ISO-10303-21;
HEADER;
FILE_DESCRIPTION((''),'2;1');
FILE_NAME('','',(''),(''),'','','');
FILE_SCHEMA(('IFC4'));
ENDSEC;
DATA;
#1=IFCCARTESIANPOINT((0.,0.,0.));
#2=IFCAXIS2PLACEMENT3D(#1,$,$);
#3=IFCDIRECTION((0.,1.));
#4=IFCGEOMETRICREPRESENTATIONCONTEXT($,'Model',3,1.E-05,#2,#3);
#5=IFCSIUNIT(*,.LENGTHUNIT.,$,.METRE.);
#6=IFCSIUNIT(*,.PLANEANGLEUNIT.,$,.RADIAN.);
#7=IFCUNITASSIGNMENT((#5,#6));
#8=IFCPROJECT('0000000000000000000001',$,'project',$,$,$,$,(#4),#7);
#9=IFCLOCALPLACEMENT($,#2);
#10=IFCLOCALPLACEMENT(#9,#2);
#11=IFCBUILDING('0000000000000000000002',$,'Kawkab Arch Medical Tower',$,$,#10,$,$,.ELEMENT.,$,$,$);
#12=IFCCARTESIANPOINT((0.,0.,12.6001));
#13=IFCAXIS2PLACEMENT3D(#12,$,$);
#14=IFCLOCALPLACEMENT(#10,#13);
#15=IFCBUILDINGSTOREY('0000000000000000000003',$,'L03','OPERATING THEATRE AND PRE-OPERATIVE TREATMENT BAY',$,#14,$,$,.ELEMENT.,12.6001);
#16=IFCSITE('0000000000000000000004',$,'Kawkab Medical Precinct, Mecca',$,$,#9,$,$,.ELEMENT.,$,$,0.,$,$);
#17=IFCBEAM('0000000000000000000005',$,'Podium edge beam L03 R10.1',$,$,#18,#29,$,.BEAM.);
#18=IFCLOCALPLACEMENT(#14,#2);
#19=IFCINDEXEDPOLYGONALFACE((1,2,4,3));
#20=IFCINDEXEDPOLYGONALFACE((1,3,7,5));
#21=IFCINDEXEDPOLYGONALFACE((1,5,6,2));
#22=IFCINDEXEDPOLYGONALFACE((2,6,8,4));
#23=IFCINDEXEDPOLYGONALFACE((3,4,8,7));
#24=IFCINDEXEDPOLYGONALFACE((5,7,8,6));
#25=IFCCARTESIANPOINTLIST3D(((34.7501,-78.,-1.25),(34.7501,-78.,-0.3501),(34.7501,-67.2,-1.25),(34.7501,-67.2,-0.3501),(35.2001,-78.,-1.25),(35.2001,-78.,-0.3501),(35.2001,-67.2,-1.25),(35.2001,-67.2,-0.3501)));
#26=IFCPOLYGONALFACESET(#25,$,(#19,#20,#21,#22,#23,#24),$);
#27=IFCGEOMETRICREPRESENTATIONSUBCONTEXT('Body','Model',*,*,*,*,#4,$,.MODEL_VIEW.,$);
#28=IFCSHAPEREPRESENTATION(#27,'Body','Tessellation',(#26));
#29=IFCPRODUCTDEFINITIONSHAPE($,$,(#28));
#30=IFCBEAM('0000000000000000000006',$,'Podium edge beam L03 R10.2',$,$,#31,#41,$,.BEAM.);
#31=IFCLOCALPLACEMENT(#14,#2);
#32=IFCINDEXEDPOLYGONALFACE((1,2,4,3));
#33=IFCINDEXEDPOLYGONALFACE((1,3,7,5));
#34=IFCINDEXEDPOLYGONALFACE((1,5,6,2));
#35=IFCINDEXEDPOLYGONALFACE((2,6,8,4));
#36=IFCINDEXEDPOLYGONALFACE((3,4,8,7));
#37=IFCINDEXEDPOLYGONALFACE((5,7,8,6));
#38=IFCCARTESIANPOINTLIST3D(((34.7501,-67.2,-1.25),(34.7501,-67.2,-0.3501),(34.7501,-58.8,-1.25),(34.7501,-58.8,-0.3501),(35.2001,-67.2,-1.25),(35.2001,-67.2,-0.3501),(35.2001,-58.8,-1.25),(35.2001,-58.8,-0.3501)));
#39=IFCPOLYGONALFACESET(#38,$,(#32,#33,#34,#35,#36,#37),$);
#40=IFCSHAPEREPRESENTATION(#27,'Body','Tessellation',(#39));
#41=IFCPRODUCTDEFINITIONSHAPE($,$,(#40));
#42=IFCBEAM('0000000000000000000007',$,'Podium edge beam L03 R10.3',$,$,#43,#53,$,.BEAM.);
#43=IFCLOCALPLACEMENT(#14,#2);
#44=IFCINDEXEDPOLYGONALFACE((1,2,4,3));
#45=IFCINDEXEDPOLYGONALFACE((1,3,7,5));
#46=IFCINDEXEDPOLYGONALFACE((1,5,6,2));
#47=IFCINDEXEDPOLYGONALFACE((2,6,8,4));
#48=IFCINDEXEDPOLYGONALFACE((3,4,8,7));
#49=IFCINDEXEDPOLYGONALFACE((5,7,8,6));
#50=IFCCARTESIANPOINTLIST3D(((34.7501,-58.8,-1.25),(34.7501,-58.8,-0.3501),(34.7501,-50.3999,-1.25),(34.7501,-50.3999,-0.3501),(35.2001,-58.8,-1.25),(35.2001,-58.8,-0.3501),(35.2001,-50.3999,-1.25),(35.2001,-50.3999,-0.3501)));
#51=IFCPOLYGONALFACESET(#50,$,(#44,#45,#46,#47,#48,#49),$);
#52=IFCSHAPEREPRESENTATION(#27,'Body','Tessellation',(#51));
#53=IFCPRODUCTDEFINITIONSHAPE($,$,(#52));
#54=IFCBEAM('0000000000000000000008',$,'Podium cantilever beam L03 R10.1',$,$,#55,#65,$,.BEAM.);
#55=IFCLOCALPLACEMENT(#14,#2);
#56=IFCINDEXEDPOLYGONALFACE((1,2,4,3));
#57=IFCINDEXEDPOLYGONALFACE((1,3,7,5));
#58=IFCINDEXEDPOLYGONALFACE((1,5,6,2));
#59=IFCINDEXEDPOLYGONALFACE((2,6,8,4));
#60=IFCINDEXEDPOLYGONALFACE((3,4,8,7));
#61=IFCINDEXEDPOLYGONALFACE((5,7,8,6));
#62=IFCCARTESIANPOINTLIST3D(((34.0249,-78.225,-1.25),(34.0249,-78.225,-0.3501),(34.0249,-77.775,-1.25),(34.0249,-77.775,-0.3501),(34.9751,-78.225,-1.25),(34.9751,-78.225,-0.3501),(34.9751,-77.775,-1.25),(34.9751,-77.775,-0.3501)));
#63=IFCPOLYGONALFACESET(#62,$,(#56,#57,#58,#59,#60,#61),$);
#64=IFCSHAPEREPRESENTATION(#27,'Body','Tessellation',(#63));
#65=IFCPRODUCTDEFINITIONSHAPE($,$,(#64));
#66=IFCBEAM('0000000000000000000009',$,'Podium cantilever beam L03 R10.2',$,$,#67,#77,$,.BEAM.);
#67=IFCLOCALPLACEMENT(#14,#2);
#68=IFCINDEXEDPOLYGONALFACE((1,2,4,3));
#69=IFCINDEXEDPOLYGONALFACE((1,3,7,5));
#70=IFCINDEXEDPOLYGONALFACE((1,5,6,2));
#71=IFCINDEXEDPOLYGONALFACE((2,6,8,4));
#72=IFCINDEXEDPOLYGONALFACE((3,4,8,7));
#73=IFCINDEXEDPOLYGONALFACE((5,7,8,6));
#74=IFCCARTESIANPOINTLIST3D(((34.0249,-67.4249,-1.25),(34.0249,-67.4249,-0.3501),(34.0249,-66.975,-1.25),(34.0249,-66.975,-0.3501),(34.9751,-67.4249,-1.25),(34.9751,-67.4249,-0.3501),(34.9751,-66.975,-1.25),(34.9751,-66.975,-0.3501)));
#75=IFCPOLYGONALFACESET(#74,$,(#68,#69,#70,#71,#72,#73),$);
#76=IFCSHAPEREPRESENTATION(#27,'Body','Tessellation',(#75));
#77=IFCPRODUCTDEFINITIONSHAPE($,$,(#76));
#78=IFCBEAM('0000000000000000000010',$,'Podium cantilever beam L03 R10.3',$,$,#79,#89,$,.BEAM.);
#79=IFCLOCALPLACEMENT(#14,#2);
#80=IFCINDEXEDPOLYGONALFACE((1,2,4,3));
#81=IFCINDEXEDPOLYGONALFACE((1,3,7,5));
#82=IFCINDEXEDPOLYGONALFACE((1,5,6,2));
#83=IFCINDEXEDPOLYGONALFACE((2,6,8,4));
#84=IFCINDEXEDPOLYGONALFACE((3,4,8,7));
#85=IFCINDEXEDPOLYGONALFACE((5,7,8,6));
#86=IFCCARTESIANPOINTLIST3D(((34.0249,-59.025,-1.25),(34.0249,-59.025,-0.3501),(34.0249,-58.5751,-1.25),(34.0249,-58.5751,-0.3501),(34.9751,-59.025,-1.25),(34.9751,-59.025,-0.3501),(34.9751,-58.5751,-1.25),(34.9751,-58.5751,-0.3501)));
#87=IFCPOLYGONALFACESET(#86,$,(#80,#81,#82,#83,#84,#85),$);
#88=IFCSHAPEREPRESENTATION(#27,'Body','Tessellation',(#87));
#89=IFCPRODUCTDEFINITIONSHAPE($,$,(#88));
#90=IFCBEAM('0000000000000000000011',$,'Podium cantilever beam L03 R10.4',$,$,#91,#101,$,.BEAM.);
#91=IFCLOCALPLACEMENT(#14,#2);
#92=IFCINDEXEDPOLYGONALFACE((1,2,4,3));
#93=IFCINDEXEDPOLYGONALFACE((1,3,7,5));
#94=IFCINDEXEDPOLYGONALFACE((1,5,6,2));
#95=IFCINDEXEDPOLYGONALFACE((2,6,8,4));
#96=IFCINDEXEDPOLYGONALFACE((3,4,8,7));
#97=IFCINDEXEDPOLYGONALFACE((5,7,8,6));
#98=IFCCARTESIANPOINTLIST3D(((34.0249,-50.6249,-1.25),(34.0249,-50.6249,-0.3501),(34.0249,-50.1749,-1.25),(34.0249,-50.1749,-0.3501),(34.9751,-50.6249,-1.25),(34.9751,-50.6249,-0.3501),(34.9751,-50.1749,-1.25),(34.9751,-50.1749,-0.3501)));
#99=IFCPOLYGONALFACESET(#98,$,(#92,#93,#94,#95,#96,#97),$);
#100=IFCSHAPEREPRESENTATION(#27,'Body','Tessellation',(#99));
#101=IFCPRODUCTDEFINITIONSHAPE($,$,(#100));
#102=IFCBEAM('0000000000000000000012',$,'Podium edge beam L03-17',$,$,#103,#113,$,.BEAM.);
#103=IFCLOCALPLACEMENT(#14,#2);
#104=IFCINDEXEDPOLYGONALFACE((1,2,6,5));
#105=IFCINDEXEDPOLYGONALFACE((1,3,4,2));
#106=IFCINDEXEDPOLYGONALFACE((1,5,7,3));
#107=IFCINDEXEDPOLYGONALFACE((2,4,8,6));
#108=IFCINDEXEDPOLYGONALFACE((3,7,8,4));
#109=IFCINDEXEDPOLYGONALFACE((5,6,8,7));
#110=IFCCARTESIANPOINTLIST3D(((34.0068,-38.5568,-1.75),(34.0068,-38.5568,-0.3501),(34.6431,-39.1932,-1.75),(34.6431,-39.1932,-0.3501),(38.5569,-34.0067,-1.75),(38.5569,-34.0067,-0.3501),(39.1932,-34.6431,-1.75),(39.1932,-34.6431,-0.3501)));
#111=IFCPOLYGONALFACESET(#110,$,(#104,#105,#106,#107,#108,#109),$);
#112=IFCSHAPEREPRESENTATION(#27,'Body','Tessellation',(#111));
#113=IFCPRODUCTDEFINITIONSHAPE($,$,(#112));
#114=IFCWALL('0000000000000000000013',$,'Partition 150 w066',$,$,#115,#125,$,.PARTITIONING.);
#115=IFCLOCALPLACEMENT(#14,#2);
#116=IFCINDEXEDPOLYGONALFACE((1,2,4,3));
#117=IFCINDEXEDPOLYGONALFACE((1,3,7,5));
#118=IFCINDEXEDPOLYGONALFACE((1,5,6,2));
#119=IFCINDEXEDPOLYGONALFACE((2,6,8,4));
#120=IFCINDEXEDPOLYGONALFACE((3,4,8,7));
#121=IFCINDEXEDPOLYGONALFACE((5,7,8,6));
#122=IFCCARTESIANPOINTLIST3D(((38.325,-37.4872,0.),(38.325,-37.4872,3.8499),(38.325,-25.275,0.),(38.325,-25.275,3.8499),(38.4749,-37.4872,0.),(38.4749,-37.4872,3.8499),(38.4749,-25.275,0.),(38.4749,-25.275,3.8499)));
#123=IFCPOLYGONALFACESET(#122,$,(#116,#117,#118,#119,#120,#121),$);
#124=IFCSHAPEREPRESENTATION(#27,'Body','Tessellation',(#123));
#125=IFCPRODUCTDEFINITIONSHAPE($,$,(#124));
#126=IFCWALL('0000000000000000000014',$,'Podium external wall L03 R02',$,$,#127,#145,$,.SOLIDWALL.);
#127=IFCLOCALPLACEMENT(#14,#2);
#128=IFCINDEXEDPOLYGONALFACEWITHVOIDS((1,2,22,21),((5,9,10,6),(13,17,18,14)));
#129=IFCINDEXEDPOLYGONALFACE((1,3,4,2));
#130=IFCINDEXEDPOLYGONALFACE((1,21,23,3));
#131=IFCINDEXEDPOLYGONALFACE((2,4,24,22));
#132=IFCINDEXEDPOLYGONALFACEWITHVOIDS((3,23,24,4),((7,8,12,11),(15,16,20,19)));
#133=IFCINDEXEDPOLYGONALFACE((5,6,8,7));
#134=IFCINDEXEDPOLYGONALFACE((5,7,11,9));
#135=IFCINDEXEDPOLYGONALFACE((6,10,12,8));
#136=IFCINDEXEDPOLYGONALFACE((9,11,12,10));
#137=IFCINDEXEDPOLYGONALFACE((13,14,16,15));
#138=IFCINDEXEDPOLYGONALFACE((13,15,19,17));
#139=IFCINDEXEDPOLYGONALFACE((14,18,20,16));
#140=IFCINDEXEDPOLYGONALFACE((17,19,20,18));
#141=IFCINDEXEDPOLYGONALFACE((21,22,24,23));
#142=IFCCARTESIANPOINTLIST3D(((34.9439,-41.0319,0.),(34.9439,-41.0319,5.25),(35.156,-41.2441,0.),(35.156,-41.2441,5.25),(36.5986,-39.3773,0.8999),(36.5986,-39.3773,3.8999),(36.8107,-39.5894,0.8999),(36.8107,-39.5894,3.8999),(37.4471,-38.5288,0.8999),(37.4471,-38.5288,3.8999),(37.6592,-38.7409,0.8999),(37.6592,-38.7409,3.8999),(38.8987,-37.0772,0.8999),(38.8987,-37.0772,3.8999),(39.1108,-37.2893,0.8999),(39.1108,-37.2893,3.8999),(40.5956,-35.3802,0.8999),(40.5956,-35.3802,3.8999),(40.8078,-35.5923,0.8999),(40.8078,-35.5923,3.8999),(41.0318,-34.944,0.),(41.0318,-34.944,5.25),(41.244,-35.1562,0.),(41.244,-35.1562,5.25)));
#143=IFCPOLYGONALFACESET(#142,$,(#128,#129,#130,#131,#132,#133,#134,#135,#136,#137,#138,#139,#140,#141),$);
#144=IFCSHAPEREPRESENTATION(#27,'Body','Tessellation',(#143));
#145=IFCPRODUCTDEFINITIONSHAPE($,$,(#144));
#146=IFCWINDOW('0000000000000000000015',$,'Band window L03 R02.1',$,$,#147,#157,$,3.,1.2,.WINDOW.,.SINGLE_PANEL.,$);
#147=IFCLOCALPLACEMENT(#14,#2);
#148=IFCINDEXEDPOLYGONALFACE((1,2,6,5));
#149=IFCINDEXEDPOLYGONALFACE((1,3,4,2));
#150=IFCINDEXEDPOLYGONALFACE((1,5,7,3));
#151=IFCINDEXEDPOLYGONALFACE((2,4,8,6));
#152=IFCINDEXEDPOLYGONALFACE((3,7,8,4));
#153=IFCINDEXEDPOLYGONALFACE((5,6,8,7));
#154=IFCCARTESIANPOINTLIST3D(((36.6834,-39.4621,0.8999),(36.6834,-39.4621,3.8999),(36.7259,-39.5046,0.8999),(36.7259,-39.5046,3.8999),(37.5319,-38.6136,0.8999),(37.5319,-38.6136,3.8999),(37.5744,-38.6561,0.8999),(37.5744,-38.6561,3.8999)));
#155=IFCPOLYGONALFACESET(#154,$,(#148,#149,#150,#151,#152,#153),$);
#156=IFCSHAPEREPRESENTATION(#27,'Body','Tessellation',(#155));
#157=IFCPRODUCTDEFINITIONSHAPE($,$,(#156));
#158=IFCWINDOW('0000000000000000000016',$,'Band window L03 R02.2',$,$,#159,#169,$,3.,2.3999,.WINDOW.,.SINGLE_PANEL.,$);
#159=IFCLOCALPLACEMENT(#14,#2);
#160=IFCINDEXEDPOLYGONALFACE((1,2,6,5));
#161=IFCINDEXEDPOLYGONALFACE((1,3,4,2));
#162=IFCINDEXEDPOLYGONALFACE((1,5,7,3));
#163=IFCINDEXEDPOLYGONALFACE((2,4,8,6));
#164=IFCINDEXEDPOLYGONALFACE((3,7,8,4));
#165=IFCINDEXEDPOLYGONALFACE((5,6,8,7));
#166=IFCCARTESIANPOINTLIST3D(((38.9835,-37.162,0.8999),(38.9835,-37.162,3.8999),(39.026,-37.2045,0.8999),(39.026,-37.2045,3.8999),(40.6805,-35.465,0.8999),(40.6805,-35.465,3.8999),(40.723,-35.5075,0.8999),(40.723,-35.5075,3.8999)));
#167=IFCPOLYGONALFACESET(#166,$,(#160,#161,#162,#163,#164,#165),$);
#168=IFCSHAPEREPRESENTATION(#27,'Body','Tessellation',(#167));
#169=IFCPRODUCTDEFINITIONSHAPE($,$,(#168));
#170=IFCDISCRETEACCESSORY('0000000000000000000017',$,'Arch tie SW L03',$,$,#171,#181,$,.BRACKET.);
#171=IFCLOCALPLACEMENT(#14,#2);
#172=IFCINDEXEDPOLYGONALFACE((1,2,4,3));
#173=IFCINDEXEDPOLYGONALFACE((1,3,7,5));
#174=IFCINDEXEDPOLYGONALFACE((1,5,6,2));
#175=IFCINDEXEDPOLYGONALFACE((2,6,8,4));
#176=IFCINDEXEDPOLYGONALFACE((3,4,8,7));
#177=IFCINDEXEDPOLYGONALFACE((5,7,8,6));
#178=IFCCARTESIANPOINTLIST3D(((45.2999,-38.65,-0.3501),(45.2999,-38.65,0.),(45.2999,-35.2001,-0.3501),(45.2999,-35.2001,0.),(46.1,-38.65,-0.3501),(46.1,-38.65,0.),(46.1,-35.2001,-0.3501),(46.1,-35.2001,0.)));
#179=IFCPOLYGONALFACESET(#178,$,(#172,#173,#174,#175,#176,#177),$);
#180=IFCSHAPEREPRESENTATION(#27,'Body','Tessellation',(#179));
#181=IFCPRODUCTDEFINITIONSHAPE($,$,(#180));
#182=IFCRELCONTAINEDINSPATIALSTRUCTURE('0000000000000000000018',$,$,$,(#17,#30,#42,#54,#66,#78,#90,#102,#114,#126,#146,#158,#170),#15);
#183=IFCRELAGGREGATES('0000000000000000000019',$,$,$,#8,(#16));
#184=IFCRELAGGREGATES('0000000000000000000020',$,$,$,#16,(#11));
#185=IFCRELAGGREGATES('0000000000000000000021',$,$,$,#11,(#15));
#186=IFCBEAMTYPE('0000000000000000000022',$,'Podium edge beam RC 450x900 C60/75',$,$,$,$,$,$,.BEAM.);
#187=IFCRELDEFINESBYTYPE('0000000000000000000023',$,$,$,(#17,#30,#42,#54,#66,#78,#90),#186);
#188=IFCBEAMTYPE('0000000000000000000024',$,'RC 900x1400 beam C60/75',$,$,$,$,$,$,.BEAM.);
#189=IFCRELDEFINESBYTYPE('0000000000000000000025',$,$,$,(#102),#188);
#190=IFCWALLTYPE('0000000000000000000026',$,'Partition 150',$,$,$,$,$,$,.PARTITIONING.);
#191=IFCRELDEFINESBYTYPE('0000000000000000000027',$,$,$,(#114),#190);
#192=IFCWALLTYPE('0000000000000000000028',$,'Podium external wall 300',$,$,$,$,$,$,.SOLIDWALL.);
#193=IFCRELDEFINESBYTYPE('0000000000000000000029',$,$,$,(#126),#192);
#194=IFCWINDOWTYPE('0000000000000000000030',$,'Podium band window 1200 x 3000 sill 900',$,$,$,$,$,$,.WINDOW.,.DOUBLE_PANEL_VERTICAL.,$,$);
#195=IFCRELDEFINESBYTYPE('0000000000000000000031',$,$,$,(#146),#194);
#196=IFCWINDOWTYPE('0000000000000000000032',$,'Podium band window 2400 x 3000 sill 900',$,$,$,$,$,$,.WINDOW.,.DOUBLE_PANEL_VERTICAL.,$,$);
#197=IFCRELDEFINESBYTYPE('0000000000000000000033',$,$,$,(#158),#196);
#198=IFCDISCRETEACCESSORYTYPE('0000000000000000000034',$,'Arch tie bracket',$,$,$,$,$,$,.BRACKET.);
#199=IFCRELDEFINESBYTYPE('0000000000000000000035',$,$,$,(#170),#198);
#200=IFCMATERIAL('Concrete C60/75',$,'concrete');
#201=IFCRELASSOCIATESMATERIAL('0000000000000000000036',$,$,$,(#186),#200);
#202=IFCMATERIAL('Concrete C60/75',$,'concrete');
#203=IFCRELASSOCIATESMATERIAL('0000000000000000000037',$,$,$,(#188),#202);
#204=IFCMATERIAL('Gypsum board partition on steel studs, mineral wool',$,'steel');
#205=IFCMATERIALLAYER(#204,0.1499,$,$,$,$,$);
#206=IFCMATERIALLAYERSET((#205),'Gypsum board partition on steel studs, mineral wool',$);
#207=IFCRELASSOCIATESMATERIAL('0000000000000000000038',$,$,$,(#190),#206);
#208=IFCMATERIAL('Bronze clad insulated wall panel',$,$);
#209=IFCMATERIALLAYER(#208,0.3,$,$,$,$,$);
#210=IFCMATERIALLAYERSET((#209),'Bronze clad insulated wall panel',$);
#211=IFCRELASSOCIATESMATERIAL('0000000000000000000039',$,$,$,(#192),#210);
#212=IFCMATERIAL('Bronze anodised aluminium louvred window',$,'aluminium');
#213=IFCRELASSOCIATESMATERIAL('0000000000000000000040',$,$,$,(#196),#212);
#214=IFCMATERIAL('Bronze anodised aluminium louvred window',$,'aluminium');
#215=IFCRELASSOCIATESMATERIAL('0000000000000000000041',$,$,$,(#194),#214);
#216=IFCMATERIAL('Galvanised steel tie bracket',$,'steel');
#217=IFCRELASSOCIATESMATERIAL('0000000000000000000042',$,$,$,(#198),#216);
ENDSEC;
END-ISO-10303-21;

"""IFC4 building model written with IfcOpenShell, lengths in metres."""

from ifc_helpers import new_model, si_unit, direction, frame, frame_2d, origin, origin_2d, place, context, subcontext, project, spatial, rectangle, extrude, material, layer, layer_set, material_profile, profile_set, type_object, element, fill, save


model = new_model("IFC4")

# Units and contexts
model_context = context("Model", 3, precision=1e-05, world=origin(), true_north=direction((0.0, 1.0)))
body_context = subcontext(model_context, "Body", "Model", "MODEL_VIEW")
ifc_project = project(units=[si_unit("LENGTHUNIT", "METRE"), si_unit("PLANEANGLEUNIT", "RADIAN")], contexts=[model_context])

# Site, building, storey
site_placement = place(None, origin())
site = spatial("IfcSite", under=ifc_project, at=site_placement, Name="Kawkab Medical Precinct, Mecca", CompositionType="ELEMENT", RefElevation=0.0)
building_placement = place(site_placement, origin())
building = spatial("IfcBuilding", under=site, at=building_placement, Name="Kawkab Arch Medical Tower", CompositionType="ELEMENT")
storey_placement = place(building_placement, frame((0.0, 0.0, 12.6001)))
storey = spatial("IfcBuildingStorey", under=building, at=storey_placement, Name="L03", Description="OPERATING THEATRE AND PRE-OPERATIVE TREATMENT BAY", CompositionType="ELEMENT", Elevation=12.6001)

# Beams
ifc_material_1 = material(Name="Concrete C60/75", Category="concrete")
ifc_material_profile_1 = material_profile(ifc_material_1, rectangle(XDim=0.45, YDim=0.8999, at=origin_2d()), Name="RC 450x900")
ifc_profile_set_1 = profile_set([ifc_material_profile_1], Name="Concrete C60/75")
beam_type_1 = type_object("IfcBeamType", Name="Podium edge beam RC 450x900 C60/75", PredefinedType="BEAM", material=ifc_profile_set_1)
beam_1_placement = place(storey_placement, frame((34.9751, -78.0, -0.8), z_axis=(0.0, 1.0, 0.0), x_axis=(-1.0, 0.0, 0.0)))
element("IfcBeam", 1, at=beam_1_placement, inside=storey, type_object=beam_type_1, Name="Podium edge beam L03 R10.1", PredefinedType="BEAM", context=body_context, shape_type="SweptSolid", body=[
    extrude(rectangle(XDim=0.45, YDim=0.8999, at=origin_2d()), origin(), (0.0, 0.0, 1.0), 10.8),
])
beam_2_placement = place(storey_placement, frame((34.9751, -67.2, -0.8), z_axis=(0.0, 1.0, 0.0), x_axis=(-1.0, 0.0, 0.0)))
element("IfcBeam", 2, at=beam_2_placement, inside=storey, type_object=beam_type_1, Name="Podium edge beam L03 R10.2", PredefinedType="BEAM", context=body_context, shape_type="SweptSolid", body=[
    extrude(rectangle(XDim=0.45, YDim=0.8999, at=origin_2d()), origin(), (0.0, 0.0, 1.0), 8.3999),
])
beam_3_placement = place(storey_placement, frame((34.9751, -58.8, -0.8), z_axis=(0.0, 1.0, 0.0), x_axis=(-1.0, 0.0, 0.0)))
element("IfcBeam", 3, at=beam_3_placement, inside=storey, type_object=beam_type_1, Name="Podium edge beam L03 R10.3", PredefinedType="BEAM", context=body_context, shape_type="SweptSolid", body=[
    extrude(rectangle(XDim=0.45, YDim=0.8999, at=origin_2d()), origin(), (0.0, 0.0, 1.0), 8.4001),
])
for number, where, z_axis, x_axis, name in (
    (4, (34.0249, -78.0, -0.8), (1.0, 0.0, 0.0), (0.0, 1.0, 0.0), "Podium cantilever beam L03 R10.1"),
    (5, (34.0249, -67.2, -0.8), (1.0, 0.0, 0.0), (0.0, 1.0, 0.0), "Podium cantilever beam L03 R10.2"),
    (6, (34.0249, -58.8, -0.8), (1.0, 0.0, 0.0), (0.0, 1.0, 0.0), "Podium cantilever beam L03 R10.3"),
    (7, (34.0249, -50.3999, -0.8), (1.0, 0.0, 0.0), (0.0, 1.0, 0.0), "Podium cantilever beam L03 R10.4"),
):
    element("IfcBeam", number, at=place(storey_placement, frame(where, z_axis=z_axis, x_axis=x_axis)), inside=storey, type_object=beam_type_1, Name=name, PredefinedType="BEAM", context=body_context, shape_type="SweptSolid", body=[
        extrude(rectangle(XDim=0.45, YDim=0.8999, at=origin_2d()), origin(), (0.0, 0.0, 1.0), 0.9502),
    ])
ifc_material_2 = material(Name="Concrete C60/75", Category="concrete")
ifc_material_profile_2 = material_profile(ifc_material_2, rectangle(XDim=0.8999, YDim=1.3999, at=origin_2d()), Name="RC 900x1400")
ifc_profile_set_2 = profile_set([ifc_material_profile_2], Name="Concrete C60/75")
beam_type_2 = type_object("IfcBeamType", Name="RC 900x1400 beam C60/75", PredefinedType="BEAM", material=ifc_profile_set_2)
beam_4_placement = place(storey_placement, frame((34.325, -38.875, -1.05), z_axis=(0.707107, 0.707107, 0.0), x_axis=(-0.707107, 0.707107, 0.0)))
element("IfcBeam", 8, at=beam_4_placement, inside=storey, type_object=beam_type_2, Name="Podium edge beam L03-17", PredefinedType="BEAM", context=body_context, shape_type="SweptSolid", body=[
    extrude(rectangle(XDim=0.8999, YDim=1.3999, at=origin_2d()), origin(), (0.0, 0.0, 1.0), 6.4348),
])

# Wall
ifc_material_3 = material(Name="Gypsum board partition on steel studs, mineral wool", Category="steel")
ifc_layer_1 = layer(ifc_material_3, 0.1499)
ifc_layer_set_1 = layer_set([ifc_layer_1], Name="Gypsum board partition on steel studs, mineral wool")
wall_type_1 = type_object("IfcWallType", Name="Partition 150", PredefinedType="PARTITIONING", material=ifc_layer_set_1)
wall_1_placement = place(storey_placement, frame((38.3999, -37.4871, 0.0), z_axis=(0.0, 0.0, 1.0), x_axis=(0.0, 1.0, 0.0)))
element("IfcWall", 9, at=wall_1_placement, inside=storey, type_object=wall_type_1, Name="Partition 150 w066", PredefinedType="PARTITIONING", context=body_context, shape_type="SweptSolid", body=[
    extrude(rectangle(XDim=12.2122, YDim=0.1499, at=frame_2d((6.106, 0.0))), origin(), (0.0, 0.0, 1.0), 3.8499),
])

# Wall, openings, windows
ifc_material_4 = material(Name="Bronze clad insulated wall panel")
ifc_layer_2 = layer(ifc_material_4, 0.3)
ifc_layer_set_2 = layer_set([ifc_layer_2], Name="Bronze clad insulated wall panel")
wall_type_2 = type_object("IfcWallType", Name="Podium external wall 300", PredefinedType="SOLIDWALL", material=ifc_layer_set_2)
ifc_material_5 = material(Name="Bronze anodised aluminium louvred window", Category="aluminium")
window_type_1 = type_object("IfcWindowType", Name="Podium band window 2400 x 3000 sill 900", PartitioningType="DOUBLE_PANEL_VERTICAL", PredefinedType="WINDOW", material=ifc_material_5)
wall_2_placement = place(storey_placement, frame((35.05, -41.1379, 0.0), z_axis=(0.0, 0.0, 1.0), x_axis=(0.707107, 0.707107, 0.0)))
wall_2 = element("IfcWall", 10, at=wall_2_placement, inside=storey, type_object=wall_type_2, Name="Podium external wall L03 R02", PredefinedType="SOLIDWALL", context=body_context, shape_type="SweptSolid", body=[
    extrude(rectangle(XDim=8.6096, YDim=0.3, at=frame_2d((4.3047, 0.0))), origin(), (0.0, 0.0, 1.0), 5.25),
])
opening_1_placement = place(wall_2_placement, frame((2.3398, 0.0, 0.8999)))
opening_1 = element("IfcOpeningElement", 11, at=opening_1_placement, cuts=wall_2, PredefinedType="OPENING", context=body_context, shape_type="SweptSolid", body=[
    extrude(rectangle(XDim=1.2, YDim=3.0, at=frame_2d((0.6001, 1.5))), frame((0.0, 0.1599, 0.0), z_axis=(0.0, -1.0, 0.0), x_axis=(1.0, 0.0, 0.0)), (0.0, 0.0, 1.0), 0.3201),
])
opening_2_placement = place(wall_2_placement, frame((5.5928, 0.0, 0.8999)))
opening_2 = element("IfcOpeningElement", 12, at=opening_2_placement, cuts=wall_2, PredefinedType="OPENING", context=body_context, shape_type="SweptSolid", body=[
    extrude(rectangle(XDim=2.3999, YDim=3.0, at=frame_2d((1.2, 1.5))), frame((0.0, 0.1599, 0.0), z_axis=(0.0, -1.0, 0.0), x_axis=(1.0, 0.0, 0.0)), (0.0, 0.0, 1.0), 0.3201),
])
ifc_material_6 = material(Name="Bronze anodised aluminium louvred window", Category="aluminium")
window_type_2 = type_object("IfcWindowType", Name="Podium band window 1200 x 3000 sill 900", PartitioningType="DOUBLE_PANEL_VERTICAL", PredefinedType="WINDOW", material=ifc_material_6)
window_1_placement = place(opening_1_placement, origin())
window_1 = element("IfcWindow", 13, at=window_1_placement, inside=storey, type_object=window_type_2, Name="Band window L03 R02.1", OverallHeight=3.0, OverallWidth=1.2, PartitioningType="SINGLE_PANEL", PredefinedType="WINDOW", context=body_context, shape_type="SweptSolid", body=[
    extrude(rectangle(XDim=1.2, YDim=3.0, at=frame_2d((0.6001, 1.5))), frame((0.0, 0.03, 0.0), z_axis=(0.0, -1.0, 0.0), x_axis=(1.0, 0.0, 0.0)), (0.0, 0.0, 1.0), 0.0601),
])
fill(opening_1, window_1)
window_2_placement = place(opening_2_placement, origin())
window_2 = element("IfcWindow", 14, at=window_2_placement, inside=storey, type_object=window_type_1, Name="Band window L03 R02.2", OverallHeight=3.0, OverallWidth=2.3999, PartitioningType="SINGLE_PANEL", PredefinedType="WINDOW", context=body_context, shape_type="SweptSolid", body=[
    extrude(rectangle(XDim=2.3999, YDim=3.0, at=frame_2d((1.2, 1.5))), frame((0.0, 0.03, 0.0), z_axis=(0.0, -1.0, 0.0), x_axis=(1.0, 0.0, 0.0)), (0.0, 0.0, 1.0), 0.0601),
])
fill(opening_2, window_2)

# Discrete accessory
ifc_material_7 = material(Name="Galvanised steel tie bracket", Category="steel")
discrete_accessory_type = type_object("IfcDiscreteAccessoryType", Name="Arch tie bracket", PredefinedType="BRACKET", material=ifc_material_7)
discrete_accessory_placement = place(storey_placement, frame((45.7, -36.925, -0.3501), z_axis=(0.0, 0.0, 1.0), x_axis=(1.0, 0.0, 0.0)))
element("IfcDiscreteAccessory", 15, at=discrete_accessory_placement, inside=storey, type_object=discrete_accessory_type, Name="Arch tie SW L03", PredefinedType="BRACKET", context=body_context, shape_type="SweptSolid", body=[
    extrude(rectangle(XDim=0.8, YDim=3.45, at=origin_2d()), origin(), (0.0, 0.0, 1.0), 0.3501),
])

save(model, "model.ifc")
